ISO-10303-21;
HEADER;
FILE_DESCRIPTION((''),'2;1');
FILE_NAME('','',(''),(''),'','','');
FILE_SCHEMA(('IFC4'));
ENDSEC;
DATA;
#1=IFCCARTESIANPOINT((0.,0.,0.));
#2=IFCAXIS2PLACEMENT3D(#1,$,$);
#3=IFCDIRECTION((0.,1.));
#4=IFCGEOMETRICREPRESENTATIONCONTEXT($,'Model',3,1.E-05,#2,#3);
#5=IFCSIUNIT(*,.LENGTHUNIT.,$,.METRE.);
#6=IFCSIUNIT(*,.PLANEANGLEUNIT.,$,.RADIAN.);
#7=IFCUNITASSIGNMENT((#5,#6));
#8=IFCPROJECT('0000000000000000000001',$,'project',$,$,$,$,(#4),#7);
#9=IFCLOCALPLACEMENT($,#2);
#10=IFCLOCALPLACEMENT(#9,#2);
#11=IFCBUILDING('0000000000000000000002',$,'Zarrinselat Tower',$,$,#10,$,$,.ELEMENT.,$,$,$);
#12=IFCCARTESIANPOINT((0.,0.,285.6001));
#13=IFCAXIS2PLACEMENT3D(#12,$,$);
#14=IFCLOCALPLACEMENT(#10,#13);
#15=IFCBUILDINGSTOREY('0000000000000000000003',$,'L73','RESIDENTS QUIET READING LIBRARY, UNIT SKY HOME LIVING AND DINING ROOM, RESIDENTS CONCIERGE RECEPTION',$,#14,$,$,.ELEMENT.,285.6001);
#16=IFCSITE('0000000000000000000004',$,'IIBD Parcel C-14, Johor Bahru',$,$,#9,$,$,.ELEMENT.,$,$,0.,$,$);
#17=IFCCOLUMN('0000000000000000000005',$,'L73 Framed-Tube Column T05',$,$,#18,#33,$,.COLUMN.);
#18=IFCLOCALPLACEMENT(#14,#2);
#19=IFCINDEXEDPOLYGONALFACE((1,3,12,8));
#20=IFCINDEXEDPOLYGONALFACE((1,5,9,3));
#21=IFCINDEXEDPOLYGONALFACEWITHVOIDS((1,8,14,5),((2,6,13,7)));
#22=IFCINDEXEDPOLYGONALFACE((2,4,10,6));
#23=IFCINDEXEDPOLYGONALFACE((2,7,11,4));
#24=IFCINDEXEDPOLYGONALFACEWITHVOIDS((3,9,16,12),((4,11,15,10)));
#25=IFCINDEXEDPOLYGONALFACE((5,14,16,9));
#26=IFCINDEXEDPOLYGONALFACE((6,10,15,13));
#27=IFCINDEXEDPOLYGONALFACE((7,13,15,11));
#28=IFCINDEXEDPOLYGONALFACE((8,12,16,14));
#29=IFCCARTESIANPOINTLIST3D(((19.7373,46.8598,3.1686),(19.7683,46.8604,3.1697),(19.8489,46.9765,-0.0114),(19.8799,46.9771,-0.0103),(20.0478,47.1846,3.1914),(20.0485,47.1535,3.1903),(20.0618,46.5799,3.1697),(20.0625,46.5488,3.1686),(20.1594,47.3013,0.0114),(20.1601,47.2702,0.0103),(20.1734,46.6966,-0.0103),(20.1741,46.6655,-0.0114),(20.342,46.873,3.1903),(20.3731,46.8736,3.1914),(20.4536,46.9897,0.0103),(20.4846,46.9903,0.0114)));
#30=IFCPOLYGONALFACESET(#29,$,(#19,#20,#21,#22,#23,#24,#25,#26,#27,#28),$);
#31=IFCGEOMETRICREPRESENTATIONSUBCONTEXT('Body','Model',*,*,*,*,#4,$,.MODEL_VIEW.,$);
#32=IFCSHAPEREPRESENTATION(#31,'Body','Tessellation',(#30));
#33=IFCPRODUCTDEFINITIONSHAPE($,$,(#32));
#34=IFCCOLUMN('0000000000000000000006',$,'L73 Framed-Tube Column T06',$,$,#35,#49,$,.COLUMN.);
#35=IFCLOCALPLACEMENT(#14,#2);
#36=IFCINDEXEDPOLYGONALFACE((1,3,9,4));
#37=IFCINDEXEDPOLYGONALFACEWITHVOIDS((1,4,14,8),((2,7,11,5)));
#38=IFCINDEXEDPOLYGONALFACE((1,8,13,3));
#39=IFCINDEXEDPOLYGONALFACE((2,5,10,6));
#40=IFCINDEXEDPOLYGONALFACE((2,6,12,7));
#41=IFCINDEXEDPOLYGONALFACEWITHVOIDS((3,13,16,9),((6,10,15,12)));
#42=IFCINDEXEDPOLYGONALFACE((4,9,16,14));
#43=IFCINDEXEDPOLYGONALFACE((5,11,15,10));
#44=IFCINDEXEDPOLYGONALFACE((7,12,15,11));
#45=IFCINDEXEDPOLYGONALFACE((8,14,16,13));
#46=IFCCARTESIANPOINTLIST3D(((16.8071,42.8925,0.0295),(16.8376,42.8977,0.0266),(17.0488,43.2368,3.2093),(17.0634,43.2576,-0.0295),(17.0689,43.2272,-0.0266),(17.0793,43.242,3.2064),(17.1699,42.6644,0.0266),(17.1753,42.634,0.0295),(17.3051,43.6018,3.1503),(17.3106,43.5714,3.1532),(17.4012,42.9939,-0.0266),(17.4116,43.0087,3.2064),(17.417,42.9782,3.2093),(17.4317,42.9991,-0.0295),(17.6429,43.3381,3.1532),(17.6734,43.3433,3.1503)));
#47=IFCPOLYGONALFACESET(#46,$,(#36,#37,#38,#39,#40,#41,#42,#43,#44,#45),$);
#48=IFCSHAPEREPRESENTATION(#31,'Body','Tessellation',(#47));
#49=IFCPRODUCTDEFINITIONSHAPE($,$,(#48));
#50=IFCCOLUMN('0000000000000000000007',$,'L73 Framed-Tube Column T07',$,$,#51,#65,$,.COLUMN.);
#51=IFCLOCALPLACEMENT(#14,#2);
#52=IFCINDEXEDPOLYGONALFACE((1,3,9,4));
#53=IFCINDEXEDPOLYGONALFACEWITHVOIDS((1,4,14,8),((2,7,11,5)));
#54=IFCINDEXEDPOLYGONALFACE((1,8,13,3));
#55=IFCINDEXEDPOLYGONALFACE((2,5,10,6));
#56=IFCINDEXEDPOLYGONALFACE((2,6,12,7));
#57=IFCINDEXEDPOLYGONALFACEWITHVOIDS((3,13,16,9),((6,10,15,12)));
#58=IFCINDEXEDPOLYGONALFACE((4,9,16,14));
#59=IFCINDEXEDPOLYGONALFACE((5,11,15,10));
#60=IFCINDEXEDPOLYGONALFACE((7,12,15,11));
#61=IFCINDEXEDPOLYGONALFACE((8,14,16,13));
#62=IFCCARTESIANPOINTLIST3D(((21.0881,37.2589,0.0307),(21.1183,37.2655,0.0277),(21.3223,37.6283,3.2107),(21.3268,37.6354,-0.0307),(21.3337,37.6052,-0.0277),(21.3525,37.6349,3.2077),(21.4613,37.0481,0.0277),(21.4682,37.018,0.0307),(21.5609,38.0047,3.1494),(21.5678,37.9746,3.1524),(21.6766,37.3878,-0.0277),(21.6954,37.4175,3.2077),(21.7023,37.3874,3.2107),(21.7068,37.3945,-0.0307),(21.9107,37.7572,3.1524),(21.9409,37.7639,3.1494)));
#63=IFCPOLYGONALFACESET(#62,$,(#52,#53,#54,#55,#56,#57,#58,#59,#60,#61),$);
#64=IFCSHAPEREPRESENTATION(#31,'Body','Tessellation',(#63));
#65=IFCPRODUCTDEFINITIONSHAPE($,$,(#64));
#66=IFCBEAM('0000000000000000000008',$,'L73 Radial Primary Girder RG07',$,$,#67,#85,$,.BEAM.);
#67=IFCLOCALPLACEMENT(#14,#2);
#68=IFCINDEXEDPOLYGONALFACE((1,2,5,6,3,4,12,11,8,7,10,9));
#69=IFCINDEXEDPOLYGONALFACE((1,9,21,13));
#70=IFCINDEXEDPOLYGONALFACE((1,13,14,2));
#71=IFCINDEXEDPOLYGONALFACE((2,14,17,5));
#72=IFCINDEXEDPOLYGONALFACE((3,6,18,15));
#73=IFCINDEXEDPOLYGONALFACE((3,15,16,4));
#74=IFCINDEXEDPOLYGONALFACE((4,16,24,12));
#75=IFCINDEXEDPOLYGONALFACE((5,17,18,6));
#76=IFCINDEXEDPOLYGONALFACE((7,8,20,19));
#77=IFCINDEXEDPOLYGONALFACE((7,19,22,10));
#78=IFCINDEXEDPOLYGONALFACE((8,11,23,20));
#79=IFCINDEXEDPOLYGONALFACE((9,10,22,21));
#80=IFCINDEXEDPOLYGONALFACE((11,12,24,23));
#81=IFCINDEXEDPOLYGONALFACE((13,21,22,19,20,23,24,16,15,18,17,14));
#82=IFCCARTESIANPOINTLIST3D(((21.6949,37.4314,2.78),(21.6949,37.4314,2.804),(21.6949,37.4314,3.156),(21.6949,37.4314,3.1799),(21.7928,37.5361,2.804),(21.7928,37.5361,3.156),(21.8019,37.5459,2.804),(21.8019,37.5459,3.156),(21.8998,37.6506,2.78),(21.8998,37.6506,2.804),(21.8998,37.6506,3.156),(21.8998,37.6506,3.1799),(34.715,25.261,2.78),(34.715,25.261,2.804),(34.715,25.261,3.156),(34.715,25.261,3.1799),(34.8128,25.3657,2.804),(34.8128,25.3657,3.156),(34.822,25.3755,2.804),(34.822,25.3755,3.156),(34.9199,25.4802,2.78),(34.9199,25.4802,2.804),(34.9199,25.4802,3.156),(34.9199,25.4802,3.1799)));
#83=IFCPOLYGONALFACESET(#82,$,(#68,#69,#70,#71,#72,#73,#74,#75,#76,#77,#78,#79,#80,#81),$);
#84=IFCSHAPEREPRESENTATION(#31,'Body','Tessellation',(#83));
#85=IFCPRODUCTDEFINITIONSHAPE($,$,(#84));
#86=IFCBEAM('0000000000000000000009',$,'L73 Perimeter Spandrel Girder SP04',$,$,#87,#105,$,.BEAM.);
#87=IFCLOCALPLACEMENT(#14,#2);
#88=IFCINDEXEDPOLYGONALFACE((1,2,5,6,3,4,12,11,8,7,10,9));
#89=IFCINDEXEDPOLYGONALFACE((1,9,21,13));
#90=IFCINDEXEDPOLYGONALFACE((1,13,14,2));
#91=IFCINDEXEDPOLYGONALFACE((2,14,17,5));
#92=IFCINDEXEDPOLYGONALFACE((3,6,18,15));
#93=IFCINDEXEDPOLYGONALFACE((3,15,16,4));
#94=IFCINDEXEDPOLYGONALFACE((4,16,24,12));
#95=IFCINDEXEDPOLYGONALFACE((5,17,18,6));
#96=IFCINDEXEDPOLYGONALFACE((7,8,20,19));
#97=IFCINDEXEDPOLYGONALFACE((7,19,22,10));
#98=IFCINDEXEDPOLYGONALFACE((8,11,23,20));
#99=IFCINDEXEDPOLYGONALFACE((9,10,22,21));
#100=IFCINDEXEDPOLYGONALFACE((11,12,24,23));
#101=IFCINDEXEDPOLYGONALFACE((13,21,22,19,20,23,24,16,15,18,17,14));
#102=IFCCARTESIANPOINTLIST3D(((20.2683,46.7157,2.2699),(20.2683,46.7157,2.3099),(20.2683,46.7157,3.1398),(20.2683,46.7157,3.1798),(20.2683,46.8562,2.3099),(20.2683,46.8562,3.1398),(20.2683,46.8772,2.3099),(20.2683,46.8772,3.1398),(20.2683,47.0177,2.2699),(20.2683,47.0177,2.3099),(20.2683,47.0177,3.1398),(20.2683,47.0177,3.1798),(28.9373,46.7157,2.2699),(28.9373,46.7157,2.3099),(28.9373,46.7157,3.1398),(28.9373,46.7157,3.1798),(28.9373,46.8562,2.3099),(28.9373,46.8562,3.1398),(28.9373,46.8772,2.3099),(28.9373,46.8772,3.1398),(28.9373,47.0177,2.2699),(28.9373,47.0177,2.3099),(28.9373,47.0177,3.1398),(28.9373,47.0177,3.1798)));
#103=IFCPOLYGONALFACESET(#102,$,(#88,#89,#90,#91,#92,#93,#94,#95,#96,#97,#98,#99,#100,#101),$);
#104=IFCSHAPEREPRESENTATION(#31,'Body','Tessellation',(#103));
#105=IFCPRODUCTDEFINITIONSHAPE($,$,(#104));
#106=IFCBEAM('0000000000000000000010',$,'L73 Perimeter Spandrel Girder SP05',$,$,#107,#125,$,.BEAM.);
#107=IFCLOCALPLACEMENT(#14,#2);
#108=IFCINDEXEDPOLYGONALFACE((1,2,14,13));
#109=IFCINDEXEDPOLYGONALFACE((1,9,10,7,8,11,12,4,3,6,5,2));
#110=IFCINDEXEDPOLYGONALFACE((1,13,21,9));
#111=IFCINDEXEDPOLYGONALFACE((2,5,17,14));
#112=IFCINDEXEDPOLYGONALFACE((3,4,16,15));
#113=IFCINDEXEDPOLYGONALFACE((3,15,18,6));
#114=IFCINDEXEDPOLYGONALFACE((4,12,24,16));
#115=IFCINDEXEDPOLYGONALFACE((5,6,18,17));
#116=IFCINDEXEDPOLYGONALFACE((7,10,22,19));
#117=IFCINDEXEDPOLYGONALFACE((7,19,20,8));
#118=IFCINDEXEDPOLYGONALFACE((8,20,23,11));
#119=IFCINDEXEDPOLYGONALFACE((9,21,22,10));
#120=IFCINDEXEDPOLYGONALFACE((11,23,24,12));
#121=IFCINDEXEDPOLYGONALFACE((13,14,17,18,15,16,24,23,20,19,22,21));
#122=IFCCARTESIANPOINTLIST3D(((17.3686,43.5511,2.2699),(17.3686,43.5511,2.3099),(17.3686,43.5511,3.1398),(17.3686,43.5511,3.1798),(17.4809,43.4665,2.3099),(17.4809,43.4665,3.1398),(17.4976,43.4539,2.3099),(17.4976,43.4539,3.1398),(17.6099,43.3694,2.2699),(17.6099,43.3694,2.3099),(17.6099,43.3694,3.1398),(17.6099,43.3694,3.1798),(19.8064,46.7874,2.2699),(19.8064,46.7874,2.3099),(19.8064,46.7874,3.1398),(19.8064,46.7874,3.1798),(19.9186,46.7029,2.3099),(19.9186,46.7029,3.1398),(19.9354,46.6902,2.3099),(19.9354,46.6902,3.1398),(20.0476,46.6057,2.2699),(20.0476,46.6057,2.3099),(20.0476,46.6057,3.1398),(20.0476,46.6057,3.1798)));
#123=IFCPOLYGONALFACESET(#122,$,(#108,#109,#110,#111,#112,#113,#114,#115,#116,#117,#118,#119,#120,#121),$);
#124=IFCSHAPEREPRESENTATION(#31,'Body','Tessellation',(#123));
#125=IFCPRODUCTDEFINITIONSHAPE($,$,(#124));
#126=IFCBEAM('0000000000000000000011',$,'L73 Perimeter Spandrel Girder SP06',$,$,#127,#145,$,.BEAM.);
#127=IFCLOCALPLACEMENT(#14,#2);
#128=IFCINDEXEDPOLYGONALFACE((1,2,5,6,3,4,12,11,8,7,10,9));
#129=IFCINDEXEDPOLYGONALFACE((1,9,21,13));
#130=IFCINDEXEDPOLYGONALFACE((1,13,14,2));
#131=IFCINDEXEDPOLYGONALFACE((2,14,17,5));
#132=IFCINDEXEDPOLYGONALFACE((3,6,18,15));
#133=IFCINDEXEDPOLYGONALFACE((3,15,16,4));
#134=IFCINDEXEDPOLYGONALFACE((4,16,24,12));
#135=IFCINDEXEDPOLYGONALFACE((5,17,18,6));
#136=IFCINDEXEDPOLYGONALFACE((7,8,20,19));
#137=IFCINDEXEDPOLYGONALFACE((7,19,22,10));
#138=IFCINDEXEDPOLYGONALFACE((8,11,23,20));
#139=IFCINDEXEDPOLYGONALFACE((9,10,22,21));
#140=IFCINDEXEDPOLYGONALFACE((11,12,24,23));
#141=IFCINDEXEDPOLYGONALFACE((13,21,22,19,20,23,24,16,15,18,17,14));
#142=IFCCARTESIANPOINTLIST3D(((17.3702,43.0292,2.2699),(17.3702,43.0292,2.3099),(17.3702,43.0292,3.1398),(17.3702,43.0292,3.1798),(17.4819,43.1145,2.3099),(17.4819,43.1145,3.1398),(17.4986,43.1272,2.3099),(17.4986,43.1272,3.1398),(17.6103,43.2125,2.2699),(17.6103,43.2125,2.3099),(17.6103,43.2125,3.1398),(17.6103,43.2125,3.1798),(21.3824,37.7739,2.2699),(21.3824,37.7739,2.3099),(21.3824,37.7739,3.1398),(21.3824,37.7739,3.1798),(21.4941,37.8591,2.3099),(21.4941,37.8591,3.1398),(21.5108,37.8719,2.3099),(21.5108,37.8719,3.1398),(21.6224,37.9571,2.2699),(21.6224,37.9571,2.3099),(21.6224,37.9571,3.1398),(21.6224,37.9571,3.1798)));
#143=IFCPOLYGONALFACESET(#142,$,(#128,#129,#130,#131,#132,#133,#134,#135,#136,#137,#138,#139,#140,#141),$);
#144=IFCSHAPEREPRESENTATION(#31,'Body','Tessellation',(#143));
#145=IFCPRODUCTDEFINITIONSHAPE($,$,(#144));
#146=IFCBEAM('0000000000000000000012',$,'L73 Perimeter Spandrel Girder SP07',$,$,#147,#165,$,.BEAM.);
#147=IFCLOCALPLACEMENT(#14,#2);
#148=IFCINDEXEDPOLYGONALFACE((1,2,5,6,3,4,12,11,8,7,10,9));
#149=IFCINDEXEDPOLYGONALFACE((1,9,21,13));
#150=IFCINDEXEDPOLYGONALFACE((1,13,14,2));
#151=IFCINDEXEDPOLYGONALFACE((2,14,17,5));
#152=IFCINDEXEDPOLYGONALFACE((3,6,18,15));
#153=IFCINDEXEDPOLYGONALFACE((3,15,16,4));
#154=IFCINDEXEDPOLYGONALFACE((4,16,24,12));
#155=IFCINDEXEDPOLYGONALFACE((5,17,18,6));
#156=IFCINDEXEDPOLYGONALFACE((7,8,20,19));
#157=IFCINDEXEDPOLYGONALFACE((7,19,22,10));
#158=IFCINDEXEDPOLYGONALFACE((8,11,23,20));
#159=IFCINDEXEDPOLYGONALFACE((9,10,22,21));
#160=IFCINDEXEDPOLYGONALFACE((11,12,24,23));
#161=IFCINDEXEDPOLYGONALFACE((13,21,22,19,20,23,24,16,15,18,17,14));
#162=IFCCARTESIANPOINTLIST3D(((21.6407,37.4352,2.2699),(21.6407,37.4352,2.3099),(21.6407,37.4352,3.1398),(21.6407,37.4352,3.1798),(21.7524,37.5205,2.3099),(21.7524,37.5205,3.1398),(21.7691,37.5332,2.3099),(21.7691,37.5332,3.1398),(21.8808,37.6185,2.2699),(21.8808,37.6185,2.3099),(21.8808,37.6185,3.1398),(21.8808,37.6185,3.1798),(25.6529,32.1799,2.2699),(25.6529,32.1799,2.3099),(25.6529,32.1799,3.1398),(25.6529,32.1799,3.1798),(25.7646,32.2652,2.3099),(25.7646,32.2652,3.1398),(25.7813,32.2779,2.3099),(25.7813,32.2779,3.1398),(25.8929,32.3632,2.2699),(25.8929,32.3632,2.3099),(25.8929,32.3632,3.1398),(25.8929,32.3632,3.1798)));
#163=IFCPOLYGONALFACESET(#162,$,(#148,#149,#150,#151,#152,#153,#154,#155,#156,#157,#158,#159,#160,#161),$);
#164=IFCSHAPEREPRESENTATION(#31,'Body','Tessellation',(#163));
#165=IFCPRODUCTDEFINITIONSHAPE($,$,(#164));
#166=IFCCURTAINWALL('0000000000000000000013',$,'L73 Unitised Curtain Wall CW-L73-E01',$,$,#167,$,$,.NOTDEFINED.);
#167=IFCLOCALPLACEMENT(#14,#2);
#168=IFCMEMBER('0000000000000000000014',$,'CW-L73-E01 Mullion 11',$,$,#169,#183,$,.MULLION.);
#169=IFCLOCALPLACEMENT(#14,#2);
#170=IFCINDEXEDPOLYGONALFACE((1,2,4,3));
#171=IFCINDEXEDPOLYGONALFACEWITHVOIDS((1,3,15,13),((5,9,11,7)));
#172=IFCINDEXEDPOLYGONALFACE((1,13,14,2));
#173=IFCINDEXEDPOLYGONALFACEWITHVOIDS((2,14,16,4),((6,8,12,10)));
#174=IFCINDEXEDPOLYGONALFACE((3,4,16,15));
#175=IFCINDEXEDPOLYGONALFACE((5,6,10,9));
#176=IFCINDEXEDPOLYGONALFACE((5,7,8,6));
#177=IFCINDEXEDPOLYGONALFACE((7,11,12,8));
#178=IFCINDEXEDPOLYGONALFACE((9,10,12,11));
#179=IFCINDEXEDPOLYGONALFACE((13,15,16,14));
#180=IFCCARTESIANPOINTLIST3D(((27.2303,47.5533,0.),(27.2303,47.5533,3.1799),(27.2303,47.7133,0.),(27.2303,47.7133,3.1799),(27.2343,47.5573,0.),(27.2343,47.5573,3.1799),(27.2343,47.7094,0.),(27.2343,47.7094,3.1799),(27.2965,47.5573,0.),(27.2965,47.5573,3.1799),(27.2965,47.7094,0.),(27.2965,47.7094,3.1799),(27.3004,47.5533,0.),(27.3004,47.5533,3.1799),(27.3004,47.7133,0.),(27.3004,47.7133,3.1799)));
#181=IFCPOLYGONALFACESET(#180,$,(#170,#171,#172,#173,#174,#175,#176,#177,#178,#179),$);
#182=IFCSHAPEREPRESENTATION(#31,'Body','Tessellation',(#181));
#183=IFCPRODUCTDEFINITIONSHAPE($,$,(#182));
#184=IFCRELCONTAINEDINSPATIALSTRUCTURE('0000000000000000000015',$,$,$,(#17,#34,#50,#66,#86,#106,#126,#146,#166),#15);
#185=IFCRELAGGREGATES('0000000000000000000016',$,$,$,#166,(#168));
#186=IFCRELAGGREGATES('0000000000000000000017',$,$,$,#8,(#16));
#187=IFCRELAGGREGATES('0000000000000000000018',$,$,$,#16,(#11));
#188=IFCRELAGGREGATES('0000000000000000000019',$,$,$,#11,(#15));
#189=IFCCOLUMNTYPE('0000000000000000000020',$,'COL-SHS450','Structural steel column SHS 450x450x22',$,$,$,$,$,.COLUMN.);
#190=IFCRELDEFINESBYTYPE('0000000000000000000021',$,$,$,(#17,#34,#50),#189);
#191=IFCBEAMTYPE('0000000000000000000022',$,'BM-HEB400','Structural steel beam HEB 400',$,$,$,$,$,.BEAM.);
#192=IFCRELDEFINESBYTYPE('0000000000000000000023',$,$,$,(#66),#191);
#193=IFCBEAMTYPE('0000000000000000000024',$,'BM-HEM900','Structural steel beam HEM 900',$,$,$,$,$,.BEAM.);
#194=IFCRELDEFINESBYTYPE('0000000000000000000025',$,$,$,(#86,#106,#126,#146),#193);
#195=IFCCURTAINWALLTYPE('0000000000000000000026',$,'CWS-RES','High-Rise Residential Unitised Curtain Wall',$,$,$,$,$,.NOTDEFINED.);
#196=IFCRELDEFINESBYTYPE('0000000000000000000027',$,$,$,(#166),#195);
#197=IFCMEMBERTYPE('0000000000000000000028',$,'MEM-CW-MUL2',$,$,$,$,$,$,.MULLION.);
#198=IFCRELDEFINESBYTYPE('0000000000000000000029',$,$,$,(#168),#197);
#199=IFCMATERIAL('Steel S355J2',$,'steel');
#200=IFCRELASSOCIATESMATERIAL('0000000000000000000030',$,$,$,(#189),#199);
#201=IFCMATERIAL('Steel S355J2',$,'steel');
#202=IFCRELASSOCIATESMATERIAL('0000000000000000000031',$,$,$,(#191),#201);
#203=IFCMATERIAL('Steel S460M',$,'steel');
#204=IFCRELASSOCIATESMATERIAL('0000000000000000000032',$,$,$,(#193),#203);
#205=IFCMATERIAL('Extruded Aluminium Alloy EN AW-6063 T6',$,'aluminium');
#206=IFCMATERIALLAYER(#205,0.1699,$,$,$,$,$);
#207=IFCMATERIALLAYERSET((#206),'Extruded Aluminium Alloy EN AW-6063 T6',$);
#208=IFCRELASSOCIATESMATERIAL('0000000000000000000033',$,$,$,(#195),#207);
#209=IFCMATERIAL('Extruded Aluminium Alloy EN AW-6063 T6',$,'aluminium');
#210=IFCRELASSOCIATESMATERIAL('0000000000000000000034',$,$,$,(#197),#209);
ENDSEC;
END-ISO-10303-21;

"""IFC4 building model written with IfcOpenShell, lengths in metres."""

from ifc_helpers import new_model, si_unit, direction, frame, origin, origin_2d, place, context, subcontext, project, spatial, hollow_rectangle, i_section, extrude, material, layer, layer_set, material_profile, profile_set, type_object, element, aggregate, save


model = new_model("IFC4")

# Units and contexts
model_context = context("Model", 3, precision=1e-05, world=origin(), true_north=direction((0.0, 1.0)))
body_context = subcontext(model_context, "Body", "Model", "MODEL_VIEW")
ifc_project = project(units=[si_unit("LENGTHUNIT", "METRE"), si_unit("PLANEANGLEUNIT", "RADIAN")], contexts=[model_context])

# Site, building, storey
site_placement = place(None, origin())
site = spatial("IfcSite", under=ifc_project, at=site_placement, Name="IIBD Parcel C-14, Johor Bahru", CompositionType="ELEMENT", RefElevation=0.0)
building_placement = place(site_placement, origin())
building = spatial("IfcBuilding", under=site, at=building_placement, Name="Zarrinselat Tower", CompositionType="ELEMENT")
storey_placement = place(building_placement, frame((0.0, 0.0, 285.6001)))
storey = spatial("IfcBuildingStorey", under=building, at=storey_placement, Name="L73", Description="RESIDENTS QUIET READING LIBRARY, UNIT SKY HOME LIVING AND DINING ROOM, RESIDENTS CONCIERGE RECEPTION", CompositionType="ELEMENT", Elevation=285.6001)

# Columns
ifc_material_1 = material(Name="Steel S355J2", Category="steel")
ifc_material_profile_1 = material_profile(ifc_material_1, hollow_rectangle(XDim=0.45, YDim=0.45, WallThickness=0.022, at=origin_2d()), Name="SHS 450x450x22")
ifc_profile_set_1 = profile_set([ifc_material_profile_1], Name="Steel S355J2")
column_type = type_object("IfcColumnType", Name="COL-SHS450", Description="Structural steel column SHS 450x450x22", PredefinedType="COLUMN", material=ifc_profile_set_1)
column_1_placement = place(storey_placement, frame((20.1667, 46.9834, 0.0), z_axis=(-0.035041, -0.036651, 0.998714), x_axis=(0.722806, -0.691051, 0.0)))
element("IfcColumn", 1, at=column_1_placement, inside=storey, type_object=column_type, Name="L73 Framed-Tube Column T05", PredefinedType="COLUMN", context=body_context, shape_type="SweptSolid", body=[
    extrude(hollow_rectangle(XDim=0.45, YDim=0.45, WallThickness=0.022, at=origin_2d()), origin(), (0.0, 0.0, 1.0), 3.1841),
])
column_2_placement = place(storey_placement, frame((17.1194, 42.9458, 0.0), z_axis=(0.075351, 0.107319, 0.991365), x_axis=(-0.818413, 0.57463, 0.0)))
element("IfcColumn", 2, at=column_2_placement, inside=storey, type_object=column_type, Name="L73 Framed-Tube Column T06", PredefinedType="COLUMN", context=body_context, shape_type="SweptSolid", body=[
    extrude(hollow_rectangle(XDim=0.45, YDim=0.45, WallThickness=0.022, at=origin_2d()), origin(), (0.0, 0.0, 1.0), 3.2075),
])
column_3_placement = place(storey_placement, frame((21.3975, 37.3267, 0.0), z_axis=(0.072941, 0.115078, 0.990675), x_axis=(-0.844626, 0.535358, 0.0)))
element("IfcColumn", 3, at=column_3_placement, inside=storey, type_object=column_type, Name="L73 Framed-Tube Column T07", PredefinedType="COLUMN", context=body_context, shape_type="SweptSolid", body=[
    extrude(hollow_rectangle(XDim=0.45, YDim=0.45, WallThickness=0.022, at=origin_2d()), origin(), (0.0, 0.0, 1.0), 3.21),
])

# Beams
ifc_material_2 = material(Name="Steel S355J2", Category="steel")
ifc_material_profile_2 = material_profile(ifc_material_2, i_section(OverallWidth=0.3, OverallDepth=0.3999, WebThickness=0.0134, FlangeThickness=0.0239, at=origin_2d()), Name="HEB 400")
ifc_profile_set_2 = profile_set([ifc_material_profile_2], Name="Steel S355J2")
beam_type_1 = type_object("IfcBeamType", Name="BM-HEB400", Description="Structural steel beam HEB 400", PredefinedType="BEAM", material=ifc_profile_set_2)
beam_1_placement = place(storey_placement, frame((21.7974, 37.541, 2.98), z_axis=(0.73054, -0.68287, 0.0), x_axis=(0.68287, 0.73054, 0.0)))
element("IfcBeam", 4, at=beam_1_placement, inside=storey, type_object=beam_type_1, Name="L73 Radial Primary Girder RG07", PredefinedType="BEAM", context=body_context, shape_type="SweptSolid", body=[
    extrude(i_section(OverallWidth=0.3, OverallDepth=0.3999, WebThickness=0.0134, FlangeThickness=0.0239, at=origin_2d()), origin(), (0.0, 0.0, 1.0), 17.8225),
])
ifc_material_3 = material(Name="Steel S460M", Category="steel")
ifc_material_profile_3 = material_profile(ifc_material_3, i_section(OverallWidth=0.302, OverallDepth=0.9099, WebThickness=0.021, FlangeThickness=0.04, at=origin_2d()), Name="HEM 900")
ifc_profile_set_3 = profile_set([ifc_material_profile_3], Name="Steel S460M")
beam_type_2 = type_object("IfcBeamType", Name="BM-HEM900", Description="Structural steel beam HEM 900", PredefinedType="BEAM", material=ifc_profile_set_3)
beam_2_placement = place(storey_placement, frame((20.2683, 46.8667, 2.7249), z_axis=(1.0, 0.0, 0.0), x_axis=(0.0, 1.0, 0.0)))
element("IfcBeam", 5, at=beam_2_placement, inside=storey, type_object=beam_type_2, Name="L73 Perimeter Spandrel Girder SP04", PredefinedType="BEAM", context=body_context, shape_type="SweptSolid", body=[
    extrude(i_section(OverallWidth=0.302, OverallDepth=0.9099, WebThickness=0.021, FlangeThickness=0.04, at=origin_2d()), origin(), (0.0, 0.0, 1.0), 8.6689),
])
beam_3_placement = place(storey_placement, frame((17.4893, 43.4602, 2.7249), z_axis=(0.601657, 0.798755, 0.0), x_axis=(-0.798755, 0.601657, 0.0)))
element("IfcBeam", 6, at=beam_3_placement, inside=storey, type_object=beam_type_2, Name="L73 Perimeter Spandrel Girder SP05", PredefinedType="BEAM", context=body_context, shape_type="SweptSolid", body=[
    extrude(i_section(OverallWidth=0.302, OverallDepth=0.9099, WebThickness=0.021, FlangeThickness=0.04, at=origin_2d()), origin(), (0.0, 0.0, 1.0), 4.0518),
])
for number, where, z_axis, x_axis, name in (
    (7, (17.4902, 43.1208, 2.7249), (0.606819, -0.79484, 0.0), (0.79484, 0.606819, 0.0), "L73 Perimeter Spandrel Girder SP06"),
    (8, (21.7607, 37.5269, 2.7249), (0.606819, -0.79484, 0.0), (0.79484, 0.606819, 0.0), "L73 Perimeter Spandrel Girder SP07"),
):
    element("IfcBeam", number, at=place(storey_placement, frame(where, z_axis=z_axis, x_axis=x_axis)), inside=storey, type_object=beam_type_2, Name=name, PredefinedType="BEAM", context=body_context, shape_type="SweptSolid", body=[
        extrude(i_section(OverallWidth=0.302, OverallDepth=0.9099, WebThickness=0.021, FlangeThickness=0.04, at=origin_2d()), origin(), (0.0, 0.0, 1.0), 6.6118),
    ])

# Curtain wall, member
ifc_material_4 = material(Name="Extruded Aluminium Alloy EN AW-6063 T6", Category="aluminium")
ifc_layer_1 = layer(ifc_material_4, 0.1699)
ifc_layer_set_1 = layer_set([ifc_layer_1], Name="Extruded Aluminium Alloy EN AW-6063 T6")
curtain_wall_type = type_object("IfcCurtainWallType", Name="CWS-RES", Description="High-Rise Residential Unitised Curtain Wall", PredefinedType="NOTDEFINED", material=ifc_layer_set_1)
curtain_wall_1_placement = place(storey_placement, origin())
curtain_wall_1 = element("IfcCurtainWall", 9, at=curtain_wall_1_placement, inside=storey, type_object=curtain_wall_type, Name="L73 Unitised Curtain Wall CW-L73-E01", PredefinedType="NOTDEFINED")
ifc_material_5 = material(Name="Extruded Aluminium Alloy EN AW-6063 T6", Category="aluminium")
ifc_material_profile_4 = material_profile(ifc_material_5, hollow_rectangle(XDim=0.0701, YDim=0.1599, WallThickness=0.0039, at=origin_2d()), Name="RHS 160x70x4")
ifc_profile_set_4 = profile_set([ifc_material_profile_4], Name="Extruded Aluminium Alloy EN AW-6063 T6")
member_type_1 = type_object("IfcMemberType", Name="MEM-CW-MUL2", PredefinedType="MULLION", material=ifc_profile_set_4)
member_1_placement = place(storey_placement, frame((27.2654, 47.6333, 0.0), z_axis=(0.0, 0.0, 1.0), x_axis=(-1.0, 0.0, 0.0)))
member_1 = element("IfcMember", 10, at=member_1_placement, type_object=member_type_1, Name="CW-L73-E01 Mullion 11", PredefinedType="MULLION", context=body_context, shape_type="SweptSolid", body=[
    extrude(hollow_rectangle(XDim=0.0701, YDim=0.1599, WallThickness=0.0039, at=origin_2d()), origin(), (0.0, 0.0, 1.0), 3.1799),
])

aggregate(curtain_wall_1, [member_1])

save(model, "model.ifc")
